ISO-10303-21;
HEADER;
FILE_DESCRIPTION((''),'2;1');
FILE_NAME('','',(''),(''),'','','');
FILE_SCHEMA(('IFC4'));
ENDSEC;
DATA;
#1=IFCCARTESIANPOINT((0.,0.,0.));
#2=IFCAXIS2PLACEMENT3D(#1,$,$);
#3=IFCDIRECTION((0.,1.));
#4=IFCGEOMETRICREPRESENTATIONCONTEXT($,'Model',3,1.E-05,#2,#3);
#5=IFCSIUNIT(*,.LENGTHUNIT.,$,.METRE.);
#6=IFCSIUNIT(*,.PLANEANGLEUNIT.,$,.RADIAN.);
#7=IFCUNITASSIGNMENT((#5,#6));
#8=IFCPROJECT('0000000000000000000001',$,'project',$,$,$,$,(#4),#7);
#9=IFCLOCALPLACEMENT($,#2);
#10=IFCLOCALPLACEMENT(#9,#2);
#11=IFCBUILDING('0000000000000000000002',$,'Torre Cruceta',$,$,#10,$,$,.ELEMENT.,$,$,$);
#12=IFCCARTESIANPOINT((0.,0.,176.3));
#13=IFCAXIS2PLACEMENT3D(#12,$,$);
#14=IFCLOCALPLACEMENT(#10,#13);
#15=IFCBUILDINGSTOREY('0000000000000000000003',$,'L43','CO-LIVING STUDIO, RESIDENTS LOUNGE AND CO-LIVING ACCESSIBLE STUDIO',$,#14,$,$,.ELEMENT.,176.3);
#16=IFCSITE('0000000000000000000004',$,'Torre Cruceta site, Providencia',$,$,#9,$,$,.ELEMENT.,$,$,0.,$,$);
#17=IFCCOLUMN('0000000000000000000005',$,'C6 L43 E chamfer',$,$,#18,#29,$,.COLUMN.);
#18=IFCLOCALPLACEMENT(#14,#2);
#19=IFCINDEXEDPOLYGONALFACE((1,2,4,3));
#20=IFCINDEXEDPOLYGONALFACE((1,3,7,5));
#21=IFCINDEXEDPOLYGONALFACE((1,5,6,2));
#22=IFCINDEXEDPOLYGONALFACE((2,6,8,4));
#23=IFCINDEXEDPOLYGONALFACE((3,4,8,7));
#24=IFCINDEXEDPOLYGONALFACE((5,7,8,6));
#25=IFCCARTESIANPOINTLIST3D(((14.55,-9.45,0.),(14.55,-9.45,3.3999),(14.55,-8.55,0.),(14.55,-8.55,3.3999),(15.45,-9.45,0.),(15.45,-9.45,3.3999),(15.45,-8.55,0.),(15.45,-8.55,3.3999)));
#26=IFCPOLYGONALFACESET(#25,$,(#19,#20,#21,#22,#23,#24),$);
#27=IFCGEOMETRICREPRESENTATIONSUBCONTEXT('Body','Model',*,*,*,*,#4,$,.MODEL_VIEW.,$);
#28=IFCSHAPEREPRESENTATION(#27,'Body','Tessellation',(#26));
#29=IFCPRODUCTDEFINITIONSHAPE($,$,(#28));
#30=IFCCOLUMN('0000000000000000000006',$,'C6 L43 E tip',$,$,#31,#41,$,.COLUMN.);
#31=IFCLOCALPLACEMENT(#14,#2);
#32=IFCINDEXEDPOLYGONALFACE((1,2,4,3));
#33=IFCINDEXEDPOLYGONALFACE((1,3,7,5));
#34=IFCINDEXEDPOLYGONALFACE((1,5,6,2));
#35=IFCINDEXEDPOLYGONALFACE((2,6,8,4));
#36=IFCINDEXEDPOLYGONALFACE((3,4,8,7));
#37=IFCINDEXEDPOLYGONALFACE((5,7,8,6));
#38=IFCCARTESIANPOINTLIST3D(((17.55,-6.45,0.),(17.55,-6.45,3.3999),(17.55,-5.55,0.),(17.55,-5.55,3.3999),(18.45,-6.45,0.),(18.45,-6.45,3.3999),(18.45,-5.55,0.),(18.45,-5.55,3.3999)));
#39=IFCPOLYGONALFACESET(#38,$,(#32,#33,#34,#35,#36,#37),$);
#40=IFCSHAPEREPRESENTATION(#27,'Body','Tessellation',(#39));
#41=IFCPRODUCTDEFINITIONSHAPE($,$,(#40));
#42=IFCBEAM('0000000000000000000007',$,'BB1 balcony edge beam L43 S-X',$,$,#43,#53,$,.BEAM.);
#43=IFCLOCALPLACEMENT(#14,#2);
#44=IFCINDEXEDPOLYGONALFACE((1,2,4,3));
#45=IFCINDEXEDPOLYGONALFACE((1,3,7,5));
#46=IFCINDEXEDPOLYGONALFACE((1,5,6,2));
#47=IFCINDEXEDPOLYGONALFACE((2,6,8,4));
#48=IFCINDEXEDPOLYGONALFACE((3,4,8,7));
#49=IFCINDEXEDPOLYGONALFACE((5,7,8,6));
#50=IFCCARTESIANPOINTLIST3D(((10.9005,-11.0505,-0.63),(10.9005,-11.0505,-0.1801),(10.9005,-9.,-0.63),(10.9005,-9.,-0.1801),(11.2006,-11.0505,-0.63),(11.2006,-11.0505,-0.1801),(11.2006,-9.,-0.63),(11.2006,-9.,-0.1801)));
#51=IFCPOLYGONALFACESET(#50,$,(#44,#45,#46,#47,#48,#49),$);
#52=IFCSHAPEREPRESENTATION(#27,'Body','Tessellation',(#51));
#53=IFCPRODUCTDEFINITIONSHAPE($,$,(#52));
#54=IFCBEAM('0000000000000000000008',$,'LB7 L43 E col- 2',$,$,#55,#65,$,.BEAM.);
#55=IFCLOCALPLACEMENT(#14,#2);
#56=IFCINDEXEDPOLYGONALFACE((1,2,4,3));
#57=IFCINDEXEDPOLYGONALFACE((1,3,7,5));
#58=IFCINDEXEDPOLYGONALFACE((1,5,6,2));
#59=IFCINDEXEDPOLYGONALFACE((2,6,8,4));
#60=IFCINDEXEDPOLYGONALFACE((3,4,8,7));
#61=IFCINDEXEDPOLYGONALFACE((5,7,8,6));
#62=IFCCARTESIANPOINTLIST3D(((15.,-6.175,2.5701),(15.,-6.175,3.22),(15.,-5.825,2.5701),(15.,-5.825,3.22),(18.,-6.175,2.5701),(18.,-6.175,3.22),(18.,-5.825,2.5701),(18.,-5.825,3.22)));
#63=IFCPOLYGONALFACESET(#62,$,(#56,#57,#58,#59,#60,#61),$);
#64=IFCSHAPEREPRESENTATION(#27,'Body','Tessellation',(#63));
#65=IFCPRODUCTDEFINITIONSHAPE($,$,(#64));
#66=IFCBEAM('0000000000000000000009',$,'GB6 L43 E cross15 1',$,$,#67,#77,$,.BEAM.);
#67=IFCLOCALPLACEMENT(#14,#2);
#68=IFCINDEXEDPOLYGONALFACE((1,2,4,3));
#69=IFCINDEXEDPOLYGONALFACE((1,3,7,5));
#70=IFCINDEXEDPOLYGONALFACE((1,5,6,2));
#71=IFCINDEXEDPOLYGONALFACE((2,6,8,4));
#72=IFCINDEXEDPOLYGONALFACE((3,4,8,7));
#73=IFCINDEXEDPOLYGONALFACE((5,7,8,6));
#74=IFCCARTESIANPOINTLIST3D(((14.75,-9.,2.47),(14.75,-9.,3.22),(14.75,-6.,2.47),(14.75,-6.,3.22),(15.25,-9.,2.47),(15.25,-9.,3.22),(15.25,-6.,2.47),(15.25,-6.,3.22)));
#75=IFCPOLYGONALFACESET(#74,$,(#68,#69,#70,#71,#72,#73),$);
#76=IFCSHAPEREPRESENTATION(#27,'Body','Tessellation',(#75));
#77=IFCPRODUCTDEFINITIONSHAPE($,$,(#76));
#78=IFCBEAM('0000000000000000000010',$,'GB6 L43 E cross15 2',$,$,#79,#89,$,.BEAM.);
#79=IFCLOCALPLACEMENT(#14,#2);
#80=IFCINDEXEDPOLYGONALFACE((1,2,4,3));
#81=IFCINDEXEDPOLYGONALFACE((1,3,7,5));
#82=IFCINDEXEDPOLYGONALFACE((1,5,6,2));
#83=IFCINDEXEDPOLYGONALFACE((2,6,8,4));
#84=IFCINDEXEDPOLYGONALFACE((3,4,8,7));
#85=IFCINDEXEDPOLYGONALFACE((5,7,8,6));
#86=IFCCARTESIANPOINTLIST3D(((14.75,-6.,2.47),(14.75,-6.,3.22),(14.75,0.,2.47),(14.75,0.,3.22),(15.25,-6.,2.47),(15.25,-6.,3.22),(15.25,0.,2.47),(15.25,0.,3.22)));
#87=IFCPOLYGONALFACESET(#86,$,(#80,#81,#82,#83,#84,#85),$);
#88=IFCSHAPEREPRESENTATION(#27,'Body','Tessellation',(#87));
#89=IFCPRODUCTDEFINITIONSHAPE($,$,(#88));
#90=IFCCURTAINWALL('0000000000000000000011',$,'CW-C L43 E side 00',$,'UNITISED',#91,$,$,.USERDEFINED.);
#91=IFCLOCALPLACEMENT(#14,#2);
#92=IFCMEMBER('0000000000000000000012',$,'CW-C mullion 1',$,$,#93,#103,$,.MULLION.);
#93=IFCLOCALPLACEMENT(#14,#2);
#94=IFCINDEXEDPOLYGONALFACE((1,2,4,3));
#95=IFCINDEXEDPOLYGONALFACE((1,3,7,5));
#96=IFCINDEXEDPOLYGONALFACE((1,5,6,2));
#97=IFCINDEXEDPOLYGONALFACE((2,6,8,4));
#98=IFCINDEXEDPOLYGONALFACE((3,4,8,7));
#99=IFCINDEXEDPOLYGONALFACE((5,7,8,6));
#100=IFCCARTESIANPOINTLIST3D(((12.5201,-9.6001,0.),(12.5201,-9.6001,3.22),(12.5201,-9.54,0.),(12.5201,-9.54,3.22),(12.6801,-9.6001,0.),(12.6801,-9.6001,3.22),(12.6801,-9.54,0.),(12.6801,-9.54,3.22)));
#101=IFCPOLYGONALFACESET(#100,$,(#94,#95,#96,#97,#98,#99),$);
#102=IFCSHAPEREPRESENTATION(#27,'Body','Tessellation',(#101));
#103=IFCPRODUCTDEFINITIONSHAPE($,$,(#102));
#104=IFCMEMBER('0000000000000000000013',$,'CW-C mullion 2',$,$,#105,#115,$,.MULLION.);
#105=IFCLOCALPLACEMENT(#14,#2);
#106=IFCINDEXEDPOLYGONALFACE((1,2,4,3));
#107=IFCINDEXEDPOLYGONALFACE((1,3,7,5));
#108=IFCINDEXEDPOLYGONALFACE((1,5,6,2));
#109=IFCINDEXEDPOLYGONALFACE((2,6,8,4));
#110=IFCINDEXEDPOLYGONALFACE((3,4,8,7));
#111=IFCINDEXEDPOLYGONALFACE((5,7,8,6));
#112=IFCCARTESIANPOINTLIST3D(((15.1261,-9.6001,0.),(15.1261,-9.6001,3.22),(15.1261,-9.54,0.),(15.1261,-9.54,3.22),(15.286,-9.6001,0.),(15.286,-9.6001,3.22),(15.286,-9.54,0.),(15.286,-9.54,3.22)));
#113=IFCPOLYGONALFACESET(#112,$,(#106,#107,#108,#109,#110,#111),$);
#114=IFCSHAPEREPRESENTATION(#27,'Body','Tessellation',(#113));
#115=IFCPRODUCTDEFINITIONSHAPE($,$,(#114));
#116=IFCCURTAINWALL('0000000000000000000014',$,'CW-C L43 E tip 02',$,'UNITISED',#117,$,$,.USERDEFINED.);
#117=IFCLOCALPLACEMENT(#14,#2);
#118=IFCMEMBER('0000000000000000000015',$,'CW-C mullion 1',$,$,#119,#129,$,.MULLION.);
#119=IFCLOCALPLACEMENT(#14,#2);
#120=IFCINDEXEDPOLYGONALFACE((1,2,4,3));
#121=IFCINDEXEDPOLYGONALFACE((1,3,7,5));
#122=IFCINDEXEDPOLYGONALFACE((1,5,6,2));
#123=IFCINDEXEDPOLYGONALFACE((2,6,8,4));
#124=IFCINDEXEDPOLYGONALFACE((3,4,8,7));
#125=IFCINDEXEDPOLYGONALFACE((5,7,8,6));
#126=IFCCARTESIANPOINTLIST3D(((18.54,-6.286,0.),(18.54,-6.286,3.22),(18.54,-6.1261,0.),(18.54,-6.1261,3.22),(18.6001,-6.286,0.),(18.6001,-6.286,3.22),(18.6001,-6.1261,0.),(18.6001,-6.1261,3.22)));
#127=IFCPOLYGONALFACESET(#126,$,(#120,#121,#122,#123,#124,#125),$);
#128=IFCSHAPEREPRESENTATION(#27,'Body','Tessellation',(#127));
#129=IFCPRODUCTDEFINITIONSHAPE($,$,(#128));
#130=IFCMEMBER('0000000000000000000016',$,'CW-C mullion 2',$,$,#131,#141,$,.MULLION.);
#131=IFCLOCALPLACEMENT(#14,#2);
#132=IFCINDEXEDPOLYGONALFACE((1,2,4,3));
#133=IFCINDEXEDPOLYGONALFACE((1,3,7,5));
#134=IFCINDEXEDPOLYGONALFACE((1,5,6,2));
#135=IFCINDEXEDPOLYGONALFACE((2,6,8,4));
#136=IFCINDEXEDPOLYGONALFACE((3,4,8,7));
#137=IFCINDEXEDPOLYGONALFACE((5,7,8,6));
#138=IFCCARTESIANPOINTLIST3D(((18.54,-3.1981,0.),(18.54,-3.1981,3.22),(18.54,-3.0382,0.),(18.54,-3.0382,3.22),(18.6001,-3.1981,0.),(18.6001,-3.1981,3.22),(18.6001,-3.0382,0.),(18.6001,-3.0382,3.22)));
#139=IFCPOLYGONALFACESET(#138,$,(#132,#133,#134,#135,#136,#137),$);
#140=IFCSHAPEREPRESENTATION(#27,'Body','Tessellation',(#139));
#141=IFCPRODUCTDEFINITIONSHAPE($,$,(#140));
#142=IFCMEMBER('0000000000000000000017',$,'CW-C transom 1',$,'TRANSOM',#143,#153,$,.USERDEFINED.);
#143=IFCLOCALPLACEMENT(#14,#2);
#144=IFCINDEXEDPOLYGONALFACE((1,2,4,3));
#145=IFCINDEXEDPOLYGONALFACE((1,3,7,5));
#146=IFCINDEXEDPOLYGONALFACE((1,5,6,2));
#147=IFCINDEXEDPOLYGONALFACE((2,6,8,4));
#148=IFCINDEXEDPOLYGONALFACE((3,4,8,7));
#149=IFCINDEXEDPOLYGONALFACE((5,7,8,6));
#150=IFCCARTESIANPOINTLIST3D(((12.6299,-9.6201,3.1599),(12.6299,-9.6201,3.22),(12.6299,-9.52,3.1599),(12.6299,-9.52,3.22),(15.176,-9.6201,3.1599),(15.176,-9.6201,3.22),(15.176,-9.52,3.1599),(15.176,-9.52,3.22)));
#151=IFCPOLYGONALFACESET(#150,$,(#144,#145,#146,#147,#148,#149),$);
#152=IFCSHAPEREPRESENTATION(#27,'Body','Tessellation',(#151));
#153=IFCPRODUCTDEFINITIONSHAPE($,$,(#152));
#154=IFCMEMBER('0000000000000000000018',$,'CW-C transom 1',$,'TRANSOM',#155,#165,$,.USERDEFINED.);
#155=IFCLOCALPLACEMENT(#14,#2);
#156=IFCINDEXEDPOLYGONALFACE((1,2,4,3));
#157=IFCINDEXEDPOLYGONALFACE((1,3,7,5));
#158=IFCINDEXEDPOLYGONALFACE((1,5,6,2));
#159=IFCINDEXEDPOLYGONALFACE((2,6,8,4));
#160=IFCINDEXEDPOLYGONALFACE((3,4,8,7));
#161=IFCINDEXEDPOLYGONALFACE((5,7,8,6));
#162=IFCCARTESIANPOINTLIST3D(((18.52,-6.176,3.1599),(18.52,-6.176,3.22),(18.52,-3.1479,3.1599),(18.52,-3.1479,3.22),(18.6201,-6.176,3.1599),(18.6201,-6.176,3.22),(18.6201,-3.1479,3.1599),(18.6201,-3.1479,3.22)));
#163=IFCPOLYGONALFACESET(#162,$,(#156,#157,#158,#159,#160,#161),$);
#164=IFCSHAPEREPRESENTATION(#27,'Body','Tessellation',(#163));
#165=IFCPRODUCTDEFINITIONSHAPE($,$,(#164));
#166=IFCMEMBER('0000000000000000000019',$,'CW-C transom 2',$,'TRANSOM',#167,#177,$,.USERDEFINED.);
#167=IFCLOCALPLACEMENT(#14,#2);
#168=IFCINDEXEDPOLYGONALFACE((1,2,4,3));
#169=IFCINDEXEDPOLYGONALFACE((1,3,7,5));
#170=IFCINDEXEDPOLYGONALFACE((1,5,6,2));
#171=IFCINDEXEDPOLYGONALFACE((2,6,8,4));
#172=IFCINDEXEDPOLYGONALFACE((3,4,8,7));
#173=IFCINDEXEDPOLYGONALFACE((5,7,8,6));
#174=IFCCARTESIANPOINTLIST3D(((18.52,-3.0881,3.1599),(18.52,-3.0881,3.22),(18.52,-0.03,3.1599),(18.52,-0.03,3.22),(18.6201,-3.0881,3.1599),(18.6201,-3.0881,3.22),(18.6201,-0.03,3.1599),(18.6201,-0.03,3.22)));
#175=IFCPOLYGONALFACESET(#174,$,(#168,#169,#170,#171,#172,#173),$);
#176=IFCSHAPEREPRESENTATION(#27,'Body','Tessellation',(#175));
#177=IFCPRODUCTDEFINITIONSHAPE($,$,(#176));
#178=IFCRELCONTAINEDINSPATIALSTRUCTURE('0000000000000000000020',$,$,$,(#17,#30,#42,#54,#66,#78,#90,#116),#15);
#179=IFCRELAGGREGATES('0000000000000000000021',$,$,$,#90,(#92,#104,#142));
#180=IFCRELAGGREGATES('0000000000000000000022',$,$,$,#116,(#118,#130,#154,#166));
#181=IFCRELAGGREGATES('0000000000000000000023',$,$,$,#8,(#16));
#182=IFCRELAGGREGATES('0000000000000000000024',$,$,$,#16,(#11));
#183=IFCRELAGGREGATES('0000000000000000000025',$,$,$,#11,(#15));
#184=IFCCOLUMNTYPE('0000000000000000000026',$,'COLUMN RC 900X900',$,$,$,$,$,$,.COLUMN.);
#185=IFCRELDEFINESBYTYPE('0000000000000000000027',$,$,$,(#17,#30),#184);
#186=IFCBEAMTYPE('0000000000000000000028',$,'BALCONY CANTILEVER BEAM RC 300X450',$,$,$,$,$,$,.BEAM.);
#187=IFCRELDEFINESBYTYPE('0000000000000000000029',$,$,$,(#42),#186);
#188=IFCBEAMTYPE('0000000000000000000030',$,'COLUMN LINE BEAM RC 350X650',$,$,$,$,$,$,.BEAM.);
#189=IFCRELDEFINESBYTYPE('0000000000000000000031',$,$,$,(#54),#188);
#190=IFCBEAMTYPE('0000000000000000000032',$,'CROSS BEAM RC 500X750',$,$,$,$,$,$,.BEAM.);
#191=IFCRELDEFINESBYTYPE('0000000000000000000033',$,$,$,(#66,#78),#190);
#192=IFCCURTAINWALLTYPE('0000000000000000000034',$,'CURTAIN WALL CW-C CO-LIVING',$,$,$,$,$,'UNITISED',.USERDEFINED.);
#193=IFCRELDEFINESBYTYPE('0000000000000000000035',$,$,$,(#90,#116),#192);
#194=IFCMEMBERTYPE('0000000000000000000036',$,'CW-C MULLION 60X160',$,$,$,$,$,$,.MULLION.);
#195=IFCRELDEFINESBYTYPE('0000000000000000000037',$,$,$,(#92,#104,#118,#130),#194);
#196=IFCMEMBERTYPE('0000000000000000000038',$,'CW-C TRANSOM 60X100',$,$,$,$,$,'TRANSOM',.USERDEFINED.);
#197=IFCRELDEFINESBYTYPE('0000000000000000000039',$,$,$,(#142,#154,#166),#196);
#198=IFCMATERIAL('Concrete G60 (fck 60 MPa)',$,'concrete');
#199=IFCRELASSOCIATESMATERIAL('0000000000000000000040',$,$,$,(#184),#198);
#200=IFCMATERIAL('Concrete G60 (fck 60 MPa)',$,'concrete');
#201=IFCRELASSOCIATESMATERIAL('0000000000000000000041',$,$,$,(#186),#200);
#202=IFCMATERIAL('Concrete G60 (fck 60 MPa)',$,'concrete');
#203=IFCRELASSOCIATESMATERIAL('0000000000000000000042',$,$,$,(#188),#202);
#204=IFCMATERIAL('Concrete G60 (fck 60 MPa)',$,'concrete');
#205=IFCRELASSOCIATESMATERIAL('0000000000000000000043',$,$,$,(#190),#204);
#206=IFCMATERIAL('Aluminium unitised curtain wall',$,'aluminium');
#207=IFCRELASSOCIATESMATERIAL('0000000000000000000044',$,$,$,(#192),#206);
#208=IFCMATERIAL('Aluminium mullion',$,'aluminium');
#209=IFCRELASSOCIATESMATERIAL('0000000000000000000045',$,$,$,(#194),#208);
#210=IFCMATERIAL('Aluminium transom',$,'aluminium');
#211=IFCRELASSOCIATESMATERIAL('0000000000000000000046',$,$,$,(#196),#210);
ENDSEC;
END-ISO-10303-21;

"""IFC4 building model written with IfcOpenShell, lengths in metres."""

from ifc_helpers import new_model, si_unit, direction, frame, origin, origin_2d, place, context, subcontext, project, spatial, rectangle, extrude, material, material_profile, profile_set, type_object, element, aggregate, save


model = new_model("IFC4")

# Units and contexts
model_context = context("Model", 3, precision=1e-05, world=origin(), true_north=direction((0.0, 1.0)))
body_context = subcontext(model_context, "Body", "Model", "MODEL_VIEW")
ifc_project = project(units=[si_unit("LENGTHUNIT", "METRE"), si_unit("PLANEANGLEUNIT", "RADIAN")], contexts=[model_context])

# Site, building, storey
site_placement = place(None, origin())
site = spatial("IfcSite", under=ifc_project, at=site_placement, Name="Torre Cruceta site, Providencia", CompositionType="ELEMENT", RefElevation=0.0)
building_placement = place(site_placement, origin())
building = spatial("IfcBuilding", under=site, at=building_placement, Name="Torre Cruceta", CompositionType="ELEMENT")
storey_placement = place(building_placement, frame((0.0, 0.0, 176.3)))
storey = spatial("IfcBuildingStorey", under=building, at=storey_placement, Name="L43", Description="CO-LIVING STUDIO, RESIDENTS LOUNGE AND CO-LIVING ACCESSIBLE STUDIO", CompositionType="ELEMENT", Elevation=176.3)

# Columns
ifc_material_1 = material(Name="Concrete G60 (fck 60 MPa)", Category="concrete")
ifc_material_profile_1 = material_profile(ifc_material_1, rectangle(XDim=0.8999, YDim=0.8999, at=origin_2d()), Name="RC 900X900")
ifc_profile_set_1 = profile_set([ifc_material_profile_1], Name="Concrete G60 (fck 60 MPa)")
column_type = type_object("IfcColumnType", Name="COLUMN RC 900X900", PredefinedType="COLUMN", material=ifc_profile_set_1)
for number, where, z_axis, x_axis, name in (
    (1, (15.0, -9.0, 0.0), (0.0, 0.0, 1.0), (1.0, 0.0, 0.0), "C6 L43 E chamfer"),
    (2, (18.0, -6.0, 0.0), (0.0, 0.0, 1.0), (1.0, 0.0, 0.0), "C6 L43 E tip"),
):
    element("IfcColumn", number, at=place(storey_placement, frame(where, z_axis=z_axis, x_axis=x_axis)), inside=storey, type_object=column_type, Name=name, PredefinedType="COLUMN", context=body_context, shape_type="SweptSolid", body=[
        extrude(rectangle(XDim=0.8999, YDim=0.8999, at=origin_2d()), origin(), (0.0, 0.0, 1.0), 3.3999),
    ])

# Beams
ifc_material_2 = material(Name="Concrete G60 (fck 60 MPa)", Category="concrete")
ifc_material_profile_2 = material_profile(ifc_material_2, rectangle(XDim=0.3, YDim=0.45, at=origin_2d()), Name="RC 300X450")
ifc_profile_set_2 = profile_set([ifc_material_profile_2], Name="Concrete G60 (fck 60 MPa)")
beam_type_1 = type_object("IfcBeamType", Name="BALCONY CANTILEVER BEAM RC 300X450", PredefinedType="BEAM", material=ifc_profile_set_2)
beam_1_placement = place(storey_placement, frame((11.0505, -9.0, -0.405), z_axis=(0.0, -1.0, 0.0), x_axis=(1.0, 0.0, 0.0)))
element("IfcBeam", 3, at=beam_1_placement, inside=storey, type_object=beam_type_1, Name="BB1 balcony edge beam L43 S-X", PredefinedType="BEAM", context=body_context, shape_type="SweptSolid", body=[
    extrude(rectangle(XDim=0.3, YDim=0.45, at=origin_2d()), origin(), (0.0, 0.0, 1.0), 2.0505),
])
ifc_material_3 = material(Name="Concrete G60 (fck 60 MPa)", Category="concrete")
ifc_material_profile_3 = material_profile(ifc_material_3, rectangle(XDim=0.3501, YDim=0.6499, at=origin_2d()), Name="RC 350X650")
ifc_profile_set_3 = profile_set([ifc_material_profile_3], Name="Concrete G60 (fck 60 MPa)")
beam_type_2 = type_object("IfcBeamType", Name="COLUMN LINE BEAM RC 350X650", PredefinedType="BEAM", material=ifc_profile_set_3)
beam_2_placement = place(storey_placement, frame((15.0, -6.0, 2.895), z_axis=(1.0, 0.0, 0.0), x_axis=(0.0, 1.0, 0.0)))
element("IfcBeam", 4, at=beam_2_placement, inside=storey, type_object=beam_type_2, Name="LB7 L43 E col- 2", PredefinedType="BEAM", context=body_context, shape_type="SweptSolid", body=[
    extrude(rectangle(XDim=0.3501, YDim=0.6499, at=origin_2d()), origin(), (0.0, 0.0, 1.0), 3.0),
])
ifc_material_4 = material(Name="Concrete G60 (fck 60 MPa)", Category="concrete")
ifc_material_profile_4 = material_profile(ifc_material_4, rectangle(XDim=0.5, YDim=0.75, at=origin_2d()), Name="RC 500X750")
ifc_profile_set_4 = profile_set([ifc_material_profile_4], Name="Concrete G60 (fck 60 MPa)")
beam_type_3 = type_object("IfcBeamType", Name="CROSS BEAM RC 500X750", PredefinedType="BEAM", material=ifc_profile_set_4)
beam_3_placement = place(storey_placement, frame((15.0, -9.0, 2.845), z_axis=(0.0, 1.0, 0.0), x_axis=(-1.0, 0.0, 0.0)))
element("IfcBeam", 5, at=beam_3_placement, inside=storey, type_object=beam_type_3, Name="GB6 L43 E cross15 1", PredefinedType="BEAM", context=body_context, shape_type="SweptSolid", body=[
    extrude(rectangle(XDim=0.5, YDim=0.75, at=origin_2d()), origin(), (0.0, 0.0, 1.0), 3.0),
])
beam_4_placement = place(storey_placement, frame((15.0, -6.0, 2.845), z_axis=(0.0, 1.0, 0.0), x_axis=(-1.0, 0.0, 0.0)))
element("IfcBeam", 6, at=beam_4_placement, inside=storey, type_object=beam_type_3, Name="GB6 L43 E cross15 2", PredefinedType="BEAM", context=body_context, shape_type="SweptSolid", body=[
    extrude(rectangle(XDim=0.5, YDim=0.75, at=origin_2d()), origin(), (0.0, 0.0, 1.0), 6.0),
])

# Curtain walls, members
ifc_material_5 = material(Name="Aluminium unitised curtain wall", Category="aluminium")
curtain_wall_type = type_object("IfcCurtainWallType", Name="CURTAIN WALL CW-C CO-LIVING", ElementType="UNITISED", PredefinedType="USERDEFINED", material=ifc_material_5)
curtain_wall_1_placement = place(storey_placement, origin())
curtain_wall_1 = element("IfcCurtainWall", 7, at=curtain_wall_1_placement, inside=storey, type_object=curtain_wall_type, Name="CW-C L43 E side 00", ObjectType="UNITISED", PredefinedType="USERDEFINED")
ifc_material_6 = material(Name="Aluminium mullion", Category="aluminium")
ifc_material_profile_5 = material_profile(ifc_material_6, rectangle(XDim=0.0601, YDim=0.1599, at=origin_2d()), Name="AL 60X160")
ifc_profile_set_5 = profile_set([ifc_material_profile_5], Name="Aluminium mullion")
member_type_1 = type_object("IfcMemberType", Name="CW-C MULLION 60X160", PredefinedType="MULLION", material=ifc_profile_set_5)
member_1_placement = place(storey_placement, frame((12.6001, -9.5701, 0.0), z_axis=(0.0, 0.0, 1.0), x_axis=(0.0, 1.0, 0.0)))
member_1 = element("IfcMember", 8, at=member_1_placement, type_object=member_type_1, Name="CW-C mullion 1", PredefinedType="MULLION", context=body_context, shape_type="SweptSolid", body=[
    extrude(rectangle(XDim=0.0601, YDim=0.1599, at=origin_2d()), origin(), (0.0, 0.0, 1.0), 3.22),
])
member_2_placement = place(storey_placement, frame((15.2061, -9.5701, 0.0), z_axis=(0.0, 0.0, 1.0), x_axis=(0.0, 1.0, 0.0)))
member_2 = element("IfcMember", 9, at=member_2_placement, type_object=member_type_1, Name="CW-C mullion 2", PredefinedType="MULLION", context=body_context, shape_type="SweptSolid", body=[
    extrude(rectangle(XDim=0.0601, YDim=0.1599, at=origin_2d()), origin(), (0.0, 0.0, 1.0), 3.22),
])
curtain_wall_2_placement = place(storey_placement, origin())
curtain_wall_2 = element("IfcCurtainWall", 10, at=curtain_wall_2_placement, inside=storey, type_object=curtain_wall_type, Name="CW-C L43 E tip 02", ObjectType="UNITISED", PredefinedType="USERDEFINED")
member_3_placement = place(storey_placement, frame((18.5701, -6.2061, 0.0), z_axis=(0.0, 0.0, 1.0), x_axis=(-1.0, 0.0, 0.0)))
member_3 = element("IfcMember", 11, at=member_3_placement, type_object=member_type_1, Name="CW-C mullion 1", PredefinedType="MULLION", context=body_context, shape_type="SweptSolid", body=[
    extrude(rectangle(XDim=0.0601, YDim=0.1599, at=origin_2d()), origin(), (0.0, 0.0, 1.0), 3.22),
])
member_4_placement = place(storey_placement, frame((18.5701, -3.1182, 0.0), z_axis=(0.0, 0.0, 1.0), x_axis=(-1.0, 0.0, 0.0)))
member_4 = element("IfcMember", 12, at=member_4_placement, type_object=member_type_1, Name="CW-C mullion 2", PredefinedType="MULLION", context=body_context, shape_type="SweptSolid", body=[
    extrude(rectangle(XDim=0.0601, YDim=0.1599, at=origin_2d()), origin(), (0.0, 0.0, 1.0), 3.22),
])

# Members
ifc_material_7 = material(Name="Aluminium transom", Category="aluminium")
ifc_material_profile_6 = material_profile(ifc_material_7, rectangle(XDim=0.1001, YDim=0.0601, at=origin_2d()), Name="AL 100X60")
ifc_profile_set_6 = profile_set([ifc_material_profile_6], Name="Aluminium transom")
member_type_2 = type_object("IfcMemberType", Name="CW-C TRANSOM 60X100", ElementType="TRANSOM", PredefinedType="USERDEFINED", material=ifc_profile_set_6)
member_5_placement = place(storey_placement, frame((12.6299, -9.5701, 3.1899), z_axis=(1.0, 0.0, 0.0), x_axis=(0.0, 1.0, 0.0)))
member_5 = element("IfcMember", 13, at=member_5_placement, type_object=member_type_2, Name="CW-C transom 1", ObjectType="TRANSOM", PredefinedType="USERDEFINED", context=body_context, shape_type="SweptSolid", body=[
    extrude(rectangle(XDim=0.1001, YDim=0.0601, at=origin_2d()), origin(), (0.0, 0.0, 1.0), 2.5461),
])
member_6_placement = place(storey_placement, frame((18.5701, -6.176, 3.1899), z_axis=(0.0, 1.0, 0.0), x_axis=(-1.0, 0.0, 0.0)))
member_6 = element("IfcMember", 14, at=member_6_placement, type_object=member_type_2, Name="CW-C transom 1", ObjectType="TRANSOM", PredefinedType="USERDEFINED", context=body_context, shape_type="SweptSolid", body=[
    extrude(rectangle(XDim=0.1001, YDim=0.0601, at=origin_2d()), origin(), (0.0, 0.0, 1.0), 3.0281),
])
member_7_placement = place(storey_placement, frame((18.5701, -3.0881, 3.1899), z_axis=(0.0, 1.0, 0.0), x_axis=(-1.0, 0.0, 0.0)))
member_7 = element("IfcMember", 15, at=member_7_placement, type_object=member_type_2, Name="CW-C transom 2", ObjectType="TRANSOM", PredefinedType="USERDEFINED", context=body_context, shape_type="SweptSolid", body=[
    extrude(rectangle(XDim=0.1001, YDim=0.0601, at=origin_2d()), origin(), (0.0, 0.0, 1.0), 3.0581),
])

aggregate(curtain_wall_1, [member_1, member_2, member_5])
aggregate(curtain_wall_2, [member_3, member_4, member_6, member_7])

save(model, "model.ifc")
